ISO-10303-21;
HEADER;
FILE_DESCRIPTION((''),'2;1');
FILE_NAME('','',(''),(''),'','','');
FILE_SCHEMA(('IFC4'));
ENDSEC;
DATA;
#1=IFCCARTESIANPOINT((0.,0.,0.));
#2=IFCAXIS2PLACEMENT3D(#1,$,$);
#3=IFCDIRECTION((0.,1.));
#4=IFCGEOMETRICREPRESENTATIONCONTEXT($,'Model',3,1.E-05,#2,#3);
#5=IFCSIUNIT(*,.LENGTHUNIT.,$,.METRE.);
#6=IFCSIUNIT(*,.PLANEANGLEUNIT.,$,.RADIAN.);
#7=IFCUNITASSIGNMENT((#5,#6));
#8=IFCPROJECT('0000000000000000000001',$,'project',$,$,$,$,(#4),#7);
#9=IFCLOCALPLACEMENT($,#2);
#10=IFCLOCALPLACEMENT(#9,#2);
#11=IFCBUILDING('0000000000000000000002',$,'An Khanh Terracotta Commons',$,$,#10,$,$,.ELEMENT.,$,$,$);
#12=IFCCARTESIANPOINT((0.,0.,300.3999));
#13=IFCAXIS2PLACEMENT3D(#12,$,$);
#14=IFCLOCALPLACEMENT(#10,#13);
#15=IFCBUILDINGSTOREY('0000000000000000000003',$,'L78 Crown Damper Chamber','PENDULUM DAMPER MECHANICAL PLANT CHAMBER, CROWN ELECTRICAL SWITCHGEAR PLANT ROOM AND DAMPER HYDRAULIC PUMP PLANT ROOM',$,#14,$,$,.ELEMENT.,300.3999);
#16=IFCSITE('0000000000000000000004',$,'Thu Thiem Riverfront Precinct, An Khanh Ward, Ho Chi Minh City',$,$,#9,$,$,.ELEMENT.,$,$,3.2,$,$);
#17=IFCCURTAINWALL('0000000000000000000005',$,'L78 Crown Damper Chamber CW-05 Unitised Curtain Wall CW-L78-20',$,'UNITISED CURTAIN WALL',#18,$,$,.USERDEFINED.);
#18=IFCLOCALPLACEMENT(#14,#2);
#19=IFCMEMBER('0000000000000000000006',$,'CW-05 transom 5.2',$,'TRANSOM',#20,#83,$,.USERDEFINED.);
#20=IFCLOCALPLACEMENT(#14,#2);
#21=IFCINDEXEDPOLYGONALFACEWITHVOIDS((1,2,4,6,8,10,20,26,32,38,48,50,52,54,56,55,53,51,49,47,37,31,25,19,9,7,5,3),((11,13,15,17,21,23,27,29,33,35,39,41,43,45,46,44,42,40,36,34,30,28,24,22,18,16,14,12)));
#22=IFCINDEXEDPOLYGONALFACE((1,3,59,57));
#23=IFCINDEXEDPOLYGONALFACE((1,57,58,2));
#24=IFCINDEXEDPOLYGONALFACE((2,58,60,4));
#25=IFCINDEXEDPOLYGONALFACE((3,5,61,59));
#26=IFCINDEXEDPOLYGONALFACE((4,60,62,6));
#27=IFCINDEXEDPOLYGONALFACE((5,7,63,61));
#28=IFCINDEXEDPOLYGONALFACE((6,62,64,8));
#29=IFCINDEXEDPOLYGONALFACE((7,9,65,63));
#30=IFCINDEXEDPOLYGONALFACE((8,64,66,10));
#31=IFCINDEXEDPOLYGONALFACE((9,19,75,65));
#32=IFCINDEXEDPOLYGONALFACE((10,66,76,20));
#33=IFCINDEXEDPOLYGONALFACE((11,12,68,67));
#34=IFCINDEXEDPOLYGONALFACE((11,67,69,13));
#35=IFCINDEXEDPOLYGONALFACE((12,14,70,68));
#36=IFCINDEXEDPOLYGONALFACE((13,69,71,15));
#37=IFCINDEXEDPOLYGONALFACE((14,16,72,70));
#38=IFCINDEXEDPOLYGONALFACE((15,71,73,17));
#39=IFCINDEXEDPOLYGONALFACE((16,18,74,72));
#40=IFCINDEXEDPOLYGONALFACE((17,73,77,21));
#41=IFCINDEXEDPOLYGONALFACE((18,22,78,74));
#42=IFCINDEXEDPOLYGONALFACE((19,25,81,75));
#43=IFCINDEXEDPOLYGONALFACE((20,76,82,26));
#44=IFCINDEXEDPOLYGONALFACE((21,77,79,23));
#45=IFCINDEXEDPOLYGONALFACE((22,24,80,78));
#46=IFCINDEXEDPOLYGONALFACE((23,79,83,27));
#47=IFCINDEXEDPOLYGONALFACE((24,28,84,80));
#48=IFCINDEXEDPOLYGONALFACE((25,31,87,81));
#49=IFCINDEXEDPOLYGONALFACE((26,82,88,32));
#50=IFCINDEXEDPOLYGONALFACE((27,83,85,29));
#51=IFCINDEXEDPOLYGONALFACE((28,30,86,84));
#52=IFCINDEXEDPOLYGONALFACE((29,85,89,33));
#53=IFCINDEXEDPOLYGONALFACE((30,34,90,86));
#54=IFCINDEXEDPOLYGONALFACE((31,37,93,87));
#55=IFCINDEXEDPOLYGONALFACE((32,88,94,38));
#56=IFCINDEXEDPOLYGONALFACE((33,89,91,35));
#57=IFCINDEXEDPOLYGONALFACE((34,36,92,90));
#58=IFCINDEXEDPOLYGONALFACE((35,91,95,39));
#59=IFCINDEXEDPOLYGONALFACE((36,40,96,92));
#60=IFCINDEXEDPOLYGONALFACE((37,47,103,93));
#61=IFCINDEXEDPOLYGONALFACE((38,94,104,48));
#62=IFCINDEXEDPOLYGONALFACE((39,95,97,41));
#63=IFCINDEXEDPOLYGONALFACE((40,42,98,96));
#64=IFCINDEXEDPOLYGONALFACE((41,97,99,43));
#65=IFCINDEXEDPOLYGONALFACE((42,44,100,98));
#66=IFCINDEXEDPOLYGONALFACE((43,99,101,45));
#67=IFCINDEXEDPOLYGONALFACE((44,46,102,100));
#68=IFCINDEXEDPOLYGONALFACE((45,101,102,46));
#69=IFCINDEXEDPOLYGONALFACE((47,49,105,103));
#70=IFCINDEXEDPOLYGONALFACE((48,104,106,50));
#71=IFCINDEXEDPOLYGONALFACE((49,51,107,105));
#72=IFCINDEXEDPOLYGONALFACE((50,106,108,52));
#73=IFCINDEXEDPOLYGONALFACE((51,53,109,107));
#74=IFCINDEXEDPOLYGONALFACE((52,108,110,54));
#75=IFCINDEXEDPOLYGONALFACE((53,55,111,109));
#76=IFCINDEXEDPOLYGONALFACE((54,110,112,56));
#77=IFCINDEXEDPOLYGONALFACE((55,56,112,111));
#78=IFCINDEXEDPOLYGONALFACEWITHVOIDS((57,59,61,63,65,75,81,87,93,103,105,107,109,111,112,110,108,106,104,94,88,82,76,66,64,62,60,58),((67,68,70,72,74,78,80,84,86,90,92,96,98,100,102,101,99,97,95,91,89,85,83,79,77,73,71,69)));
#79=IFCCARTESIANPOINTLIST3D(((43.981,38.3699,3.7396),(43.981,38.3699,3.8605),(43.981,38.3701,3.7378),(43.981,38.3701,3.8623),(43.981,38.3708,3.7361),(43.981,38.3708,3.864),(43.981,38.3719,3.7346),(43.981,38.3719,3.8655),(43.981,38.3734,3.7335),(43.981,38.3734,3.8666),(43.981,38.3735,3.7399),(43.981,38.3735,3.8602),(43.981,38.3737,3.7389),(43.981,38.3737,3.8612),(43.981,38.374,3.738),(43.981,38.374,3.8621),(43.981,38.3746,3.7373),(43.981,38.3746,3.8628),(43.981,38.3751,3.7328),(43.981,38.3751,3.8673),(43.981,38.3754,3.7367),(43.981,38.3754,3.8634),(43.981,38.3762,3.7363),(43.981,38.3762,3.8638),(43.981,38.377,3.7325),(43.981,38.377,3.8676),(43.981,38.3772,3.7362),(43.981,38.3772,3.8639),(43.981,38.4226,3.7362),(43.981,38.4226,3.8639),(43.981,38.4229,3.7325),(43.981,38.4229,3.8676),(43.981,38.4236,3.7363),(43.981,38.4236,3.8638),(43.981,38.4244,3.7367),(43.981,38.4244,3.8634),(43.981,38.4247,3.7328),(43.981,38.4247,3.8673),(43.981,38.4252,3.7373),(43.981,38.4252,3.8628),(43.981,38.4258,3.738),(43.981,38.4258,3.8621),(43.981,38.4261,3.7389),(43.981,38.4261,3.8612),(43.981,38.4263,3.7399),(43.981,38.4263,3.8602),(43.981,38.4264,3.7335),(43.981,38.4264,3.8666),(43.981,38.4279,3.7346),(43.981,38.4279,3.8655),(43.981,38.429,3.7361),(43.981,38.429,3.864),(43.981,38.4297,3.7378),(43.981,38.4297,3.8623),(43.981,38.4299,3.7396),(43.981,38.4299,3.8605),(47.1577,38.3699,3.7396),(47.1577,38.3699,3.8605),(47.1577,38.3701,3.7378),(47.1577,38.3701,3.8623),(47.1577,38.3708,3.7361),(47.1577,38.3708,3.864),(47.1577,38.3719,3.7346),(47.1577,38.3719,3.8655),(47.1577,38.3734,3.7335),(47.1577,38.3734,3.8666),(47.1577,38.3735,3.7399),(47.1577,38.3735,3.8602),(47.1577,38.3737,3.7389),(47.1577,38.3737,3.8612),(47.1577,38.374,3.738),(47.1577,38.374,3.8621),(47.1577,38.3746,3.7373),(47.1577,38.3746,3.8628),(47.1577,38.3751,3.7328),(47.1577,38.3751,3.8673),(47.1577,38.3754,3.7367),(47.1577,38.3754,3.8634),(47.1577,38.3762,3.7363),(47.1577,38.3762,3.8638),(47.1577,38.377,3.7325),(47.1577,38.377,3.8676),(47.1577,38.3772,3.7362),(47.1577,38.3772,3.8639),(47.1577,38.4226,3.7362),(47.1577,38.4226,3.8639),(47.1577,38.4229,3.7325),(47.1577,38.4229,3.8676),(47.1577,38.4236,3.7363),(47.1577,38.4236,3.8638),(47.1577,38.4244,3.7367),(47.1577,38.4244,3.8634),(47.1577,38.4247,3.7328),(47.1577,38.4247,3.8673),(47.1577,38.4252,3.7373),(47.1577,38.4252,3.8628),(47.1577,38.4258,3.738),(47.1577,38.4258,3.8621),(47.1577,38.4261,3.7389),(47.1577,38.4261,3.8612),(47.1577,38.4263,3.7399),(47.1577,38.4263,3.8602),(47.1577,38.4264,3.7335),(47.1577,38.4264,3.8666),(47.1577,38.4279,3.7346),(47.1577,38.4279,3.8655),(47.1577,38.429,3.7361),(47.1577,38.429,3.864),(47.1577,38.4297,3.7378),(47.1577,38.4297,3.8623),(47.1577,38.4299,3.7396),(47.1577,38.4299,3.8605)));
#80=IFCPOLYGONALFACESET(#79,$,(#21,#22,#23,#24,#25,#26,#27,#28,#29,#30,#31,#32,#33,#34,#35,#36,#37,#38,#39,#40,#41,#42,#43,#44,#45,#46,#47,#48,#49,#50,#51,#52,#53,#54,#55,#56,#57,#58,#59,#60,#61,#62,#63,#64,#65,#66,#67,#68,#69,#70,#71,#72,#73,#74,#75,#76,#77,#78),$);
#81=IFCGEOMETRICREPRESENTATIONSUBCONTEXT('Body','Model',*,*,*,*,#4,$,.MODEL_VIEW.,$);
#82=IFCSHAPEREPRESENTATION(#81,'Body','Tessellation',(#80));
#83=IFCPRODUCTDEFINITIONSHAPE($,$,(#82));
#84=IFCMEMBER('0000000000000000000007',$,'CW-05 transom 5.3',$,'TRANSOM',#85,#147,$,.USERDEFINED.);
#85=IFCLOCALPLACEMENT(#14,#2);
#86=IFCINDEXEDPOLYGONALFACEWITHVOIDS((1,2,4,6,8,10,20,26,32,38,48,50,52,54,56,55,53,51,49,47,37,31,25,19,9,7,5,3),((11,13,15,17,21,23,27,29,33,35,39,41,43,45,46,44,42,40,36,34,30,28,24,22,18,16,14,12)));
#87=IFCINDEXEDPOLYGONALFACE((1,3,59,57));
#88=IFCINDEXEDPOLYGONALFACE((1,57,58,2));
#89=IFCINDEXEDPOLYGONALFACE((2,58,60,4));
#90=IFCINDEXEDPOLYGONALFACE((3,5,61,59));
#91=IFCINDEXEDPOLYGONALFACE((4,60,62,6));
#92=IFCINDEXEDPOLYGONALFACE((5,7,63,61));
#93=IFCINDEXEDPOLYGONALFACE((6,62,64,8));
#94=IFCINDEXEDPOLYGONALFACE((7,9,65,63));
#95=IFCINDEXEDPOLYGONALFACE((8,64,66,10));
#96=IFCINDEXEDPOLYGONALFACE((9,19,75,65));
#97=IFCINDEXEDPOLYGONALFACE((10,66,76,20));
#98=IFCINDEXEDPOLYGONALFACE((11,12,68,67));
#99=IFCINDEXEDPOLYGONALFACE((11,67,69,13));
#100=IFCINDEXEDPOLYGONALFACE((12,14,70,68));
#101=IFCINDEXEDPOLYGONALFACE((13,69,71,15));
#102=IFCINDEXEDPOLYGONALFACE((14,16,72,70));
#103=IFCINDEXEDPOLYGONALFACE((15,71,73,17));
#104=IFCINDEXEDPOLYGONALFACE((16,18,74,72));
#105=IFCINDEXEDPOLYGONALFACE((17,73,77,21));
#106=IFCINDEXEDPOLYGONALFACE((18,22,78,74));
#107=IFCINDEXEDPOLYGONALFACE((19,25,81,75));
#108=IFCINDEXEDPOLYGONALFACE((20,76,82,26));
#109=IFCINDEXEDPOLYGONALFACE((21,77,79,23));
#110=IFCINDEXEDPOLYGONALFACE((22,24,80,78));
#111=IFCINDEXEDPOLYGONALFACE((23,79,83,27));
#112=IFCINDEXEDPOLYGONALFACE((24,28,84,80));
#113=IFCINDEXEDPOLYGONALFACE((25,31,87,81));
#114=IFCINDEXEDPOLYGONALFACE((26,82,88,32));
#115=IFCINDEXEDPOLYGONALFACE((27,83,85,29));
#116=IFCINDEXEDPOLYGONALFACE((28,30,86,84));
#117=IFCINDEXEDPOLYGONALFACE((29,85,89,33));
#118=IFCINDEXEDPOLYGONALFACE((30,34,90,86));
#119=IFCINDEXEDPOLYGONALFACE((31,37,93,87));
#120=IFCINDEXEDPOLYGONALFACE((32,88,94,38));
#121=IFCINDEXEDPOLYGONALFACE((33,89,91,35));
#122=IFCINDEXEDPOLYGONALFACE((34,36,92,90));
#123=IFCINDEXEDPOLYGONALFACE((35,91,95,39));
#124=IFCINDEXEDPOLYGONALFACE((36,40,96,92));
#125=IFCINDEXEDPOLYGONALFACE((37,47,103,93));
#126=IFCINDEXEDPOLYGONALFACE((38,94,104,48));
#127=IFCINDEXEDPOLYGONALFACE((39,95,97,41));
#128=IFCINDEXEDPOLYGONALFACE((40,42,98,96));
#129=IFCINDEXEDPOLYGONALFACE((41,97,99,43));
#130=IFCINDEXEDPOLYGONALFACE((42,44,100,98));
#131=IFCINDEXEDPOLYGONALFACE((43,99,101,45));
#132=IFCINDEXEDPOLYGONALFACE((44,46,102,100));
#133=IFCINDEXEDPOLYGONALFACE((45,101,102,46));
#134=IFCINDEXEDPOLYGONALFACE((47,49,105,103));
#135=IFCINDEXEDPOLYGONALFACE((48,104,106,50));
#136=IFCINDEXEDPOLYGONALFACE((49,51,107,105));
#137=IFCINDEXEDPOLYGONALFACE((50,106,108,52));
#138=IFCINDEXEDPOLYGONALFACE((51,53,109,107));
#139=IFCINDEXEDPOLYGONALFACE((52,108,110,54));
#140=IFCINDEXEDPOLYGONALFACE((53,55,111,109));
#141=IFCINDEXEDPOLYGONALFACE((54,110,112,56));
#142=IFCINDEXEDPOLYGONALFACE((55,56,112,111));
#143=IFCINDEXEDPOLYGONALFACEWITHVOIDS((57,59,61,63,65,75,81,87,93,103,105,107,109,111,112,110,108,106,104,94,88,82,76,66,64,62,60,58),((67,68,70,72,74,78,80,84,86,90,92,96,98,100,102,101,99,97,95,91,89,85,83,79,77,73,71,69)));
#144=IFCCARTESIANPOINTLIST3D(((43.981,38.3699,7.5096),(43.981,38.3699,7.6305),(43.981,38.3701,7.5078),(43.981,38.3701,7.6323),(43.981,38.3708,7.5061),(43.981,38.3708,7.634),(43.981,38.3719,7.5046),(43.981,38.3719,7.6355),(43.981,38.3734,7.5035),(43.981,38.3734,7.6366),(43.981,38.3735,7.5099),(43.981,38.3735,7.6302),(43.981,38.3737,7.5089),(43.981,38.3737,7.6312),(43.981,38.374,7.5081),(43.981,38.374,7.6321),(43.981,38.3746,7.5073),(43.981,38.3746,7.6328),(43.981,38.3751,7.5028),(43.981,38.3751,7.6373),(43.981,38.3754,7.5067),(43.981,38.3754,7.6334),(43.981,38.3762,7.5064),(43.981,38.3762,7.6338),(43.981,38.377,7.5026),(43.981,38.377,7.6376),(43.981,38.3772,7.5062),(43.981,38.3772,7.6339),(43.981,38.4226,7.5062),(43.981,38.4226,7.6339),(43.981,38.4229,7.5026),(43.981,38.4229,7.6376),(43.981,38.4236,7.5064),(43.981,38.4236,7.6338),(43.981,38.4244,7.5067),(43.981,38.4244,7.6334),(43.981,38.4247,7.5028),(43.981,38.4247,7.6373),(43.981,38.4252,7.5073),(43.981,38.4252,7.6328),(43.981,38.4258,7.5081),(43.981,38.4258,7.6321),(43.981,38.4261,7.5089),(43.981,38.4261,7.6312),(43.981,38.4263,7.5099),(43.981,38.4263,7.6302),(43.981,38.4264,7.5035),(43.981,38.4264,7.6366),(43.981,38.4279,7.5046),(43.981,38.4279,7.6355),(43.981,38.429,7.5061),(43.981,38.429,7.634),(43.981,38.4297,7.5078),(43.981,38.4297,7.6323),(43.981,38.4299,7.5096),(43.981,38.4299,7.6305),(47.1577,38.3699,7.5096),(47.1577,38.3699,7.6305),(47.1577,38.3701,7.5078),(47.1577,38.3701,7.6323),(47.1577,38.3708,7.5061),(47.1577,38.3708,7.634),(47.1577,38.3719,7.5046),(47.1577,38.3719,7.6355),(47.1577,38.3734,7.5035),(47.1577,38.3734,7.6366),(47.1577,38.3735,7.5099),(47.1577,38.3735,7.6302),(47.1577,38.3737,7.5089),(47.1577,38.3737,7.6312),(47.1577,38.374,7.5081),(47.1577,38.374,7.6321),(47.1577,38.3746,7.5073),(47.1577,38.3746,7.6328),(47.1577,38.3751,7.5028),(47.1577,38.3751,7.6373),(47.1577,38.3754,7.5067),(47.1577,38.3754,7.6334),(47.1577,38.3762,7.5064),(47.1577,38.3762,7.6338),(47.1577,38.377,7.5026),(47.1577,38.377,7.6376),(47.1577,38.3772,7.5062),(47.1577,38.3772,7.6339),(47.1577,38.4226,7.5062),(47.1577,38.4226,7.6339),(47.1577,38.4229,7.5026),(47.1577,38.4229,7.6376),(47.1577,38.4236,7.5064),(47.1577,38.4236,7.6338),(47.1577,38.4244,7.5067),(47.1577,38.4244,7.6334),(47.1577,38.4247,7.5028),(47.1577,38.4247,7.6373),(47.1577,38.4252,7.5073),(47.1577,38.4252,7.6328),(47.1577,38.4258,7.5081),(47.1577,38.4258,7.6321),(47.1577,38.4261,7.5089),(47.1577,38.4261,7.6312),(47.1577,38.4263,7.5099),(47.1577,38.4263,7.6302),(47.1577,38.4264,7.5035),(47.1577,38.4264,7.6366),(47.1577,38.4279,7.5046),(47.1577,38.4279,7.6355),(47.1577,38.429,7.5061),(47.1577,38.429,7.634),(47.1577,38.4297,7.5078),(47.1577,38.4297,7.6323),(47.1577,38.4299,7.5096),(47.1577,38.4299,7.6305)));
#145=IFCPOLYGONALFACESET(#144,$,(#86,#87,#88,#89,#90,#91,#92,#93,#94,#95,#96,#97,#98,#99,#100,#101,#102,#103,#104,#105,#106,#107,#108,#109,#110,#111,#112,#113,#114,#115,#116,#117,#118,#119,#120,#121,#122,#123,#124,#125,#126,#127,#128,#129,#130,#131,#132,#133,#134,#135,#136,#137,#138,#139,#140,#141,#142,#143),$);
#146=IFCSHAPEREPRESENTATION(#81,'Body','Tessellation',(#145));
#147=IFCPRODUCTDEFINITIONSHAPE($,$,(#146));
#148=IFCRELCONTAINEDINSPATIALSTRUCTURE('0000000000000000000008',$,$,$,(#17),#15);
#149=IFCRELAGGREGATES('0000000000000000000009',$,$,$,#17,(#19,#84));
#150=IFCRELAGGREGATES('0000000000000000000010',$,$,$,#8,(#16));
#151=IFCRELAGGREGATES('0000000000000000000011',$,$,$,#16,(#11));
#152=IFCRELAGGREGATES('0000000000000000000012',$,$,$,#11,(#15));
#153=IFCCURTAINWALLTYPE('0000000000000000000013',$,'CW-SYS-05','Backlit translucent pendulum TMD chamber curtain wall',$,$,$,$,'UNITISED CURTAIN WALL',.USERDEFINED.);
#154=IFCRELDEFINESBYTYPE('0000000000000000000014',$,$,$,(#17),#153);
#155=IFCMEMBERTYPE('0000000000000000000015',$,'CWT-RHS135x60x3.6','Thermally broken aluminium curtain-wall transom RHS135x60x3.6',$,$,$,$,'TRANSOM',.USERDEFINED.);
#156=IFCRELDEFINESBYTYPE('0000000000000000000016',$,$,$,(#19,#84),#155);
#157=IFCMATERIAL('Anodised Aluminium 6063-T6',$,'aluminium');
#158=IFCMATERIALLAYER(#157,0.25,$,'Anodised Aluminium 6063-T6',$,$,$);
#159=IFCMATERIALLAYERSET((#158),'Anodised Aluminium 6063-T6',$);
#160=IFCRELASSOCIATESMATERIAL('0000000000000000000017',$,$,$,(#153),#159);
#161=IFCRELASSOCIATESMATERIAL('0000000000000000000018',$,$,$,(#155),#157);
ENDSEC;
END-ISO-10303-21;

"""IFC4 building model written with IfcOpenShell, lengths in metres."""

from ifc_helpers import new_model, si_unit, direction, frame, origin, origin_2d, place, context, subcontext, project, spatial, hollow_rectangle, extrude, material, layer, layer_set, material_profile, profile_set, type_object, element, aggregate, save


model = new_model("IFC4")

# Units and contexts
model_context = context("Model", 3, precision=1e-05, world=origin(), true_north=direction((0.0, 1.0)))
body_context = subcontext(model_context, "Body", "Model", "MODEL_VIEW")
ifc_project = project(units=[si_unit("LENGTHUNIT", "METRE"), si_unit("PLANEANGLEUNIT", "RADIAN")], contexts=[model_context])

# Site, building, storey
site_placement = place(None, origin())
site = spatial("IfcSite", under=ifc_project, at=site_placement, Name="Thu Thiem Riverfront Precinct, An Khanh Ward, Ho Chi Minh City", CompositionType="ELEMENT", RefElevation=3.2)
building_placement = place(site_placement, origin())
building = spatial("IfcBuilding", under=site, at=building_placement, Name="An Khanh Terracotta Commons", CompositionType="ELEMENT")
storey_placement = place(building_placement, frame((0.0, 0.0, 300.3999)))
storey = spatial("IfcBuildingStorey", under=building, at=storey_placement, Name="L78 Crown Damper Chamber", Description="PENDULUM DAMPER MECHANICAL PLANT CHAMBER, CROWN ELECTRICAL SWITCHGEAR PLANT ROOM AND DAMPER HYDRAULIC PUMP PLANT ROOM", CompositionType="ELEMENT", Elevation=300.3999)

# Curtain wall, members
ifc_material_1 = material(Name="Anodised Aluminium 6063-T6", Category="aluminium")
ifc_layer_1 = layer(ifc_material_1, 0.25, Name="Anodised Aluminium 6063-T6")
ifc_layer_set_1 = layer_set([ifc_layer_1], Name="Anodised Aluminium 6063-T6")
curtain_wall_type = type_object("IfcCurtainWallType", Name="CW-SYS-05", Description="Backlit translucent pendulum TMD chamber curtain wall", ElementType="UNITISED CURTAIN WALL", PredefinedType="USERDEFINED", material=ifc_layer_set_1)
curtain_wall_placement = place(storey_placement, origin())
curtain_wall = element("IfcCurtainWall", 1, at=curtain_wall_placement, inside=storey, type_object=curtain_wall_type, Name="L78 Crown Damper Chamber CW-05 Unitised Curtain Wall CW-L78-20", ObjectType="UNITISED CURTAIN WALL", PredefinedType="USERDEFINED")
ifc_material_profile_1 = material_profile(ifc_material_1, hollow_rectangle(XDim=0.0601, YDim=0.135, WallThickness=0.0037, InnerFilletRadius=0.0037, OuterFilletRadius=0.0071, at=origin_2d()), Name="RHS135x60x3.6")
ifc_profile_set_1 = profile_set([ifc_material_profile_1], Name="Anodised Aluminium 6063-T6")
member_type_1 = type_object("IfcMemberType", Name="CWT-RHS135x60x3.6", Description="Thermally broken aluminium curtain-wall transom RHS135x60x3.6", ElementType="TRANSOM", PredefinedType="USERDEFINED", material=ifc_profile_set_1)
member_1_placement = place(storey_placement, frame((47.1577, 38.3999, 3.8), z_axis=(-1.0, 0.0, 0.0), x_axis=(0.0, -1.0, 0.0)))
member_1 = element("IfcMember", 2, at=member_1_placement, type_object=member_type_1, Name="CW-05 transom 5.2", ObjectType="TRANSOM", PredefinedType="USERDEFINED", context=body_context, shape_type="SweptSolid", body=[
    extrude(hollow_rectangle(XDim=0.0601, YDim=0.135, WallThickness=0.0037, InnerFilletRadius=0.0037, OuterFilletRadius=0.0071, at=origin_2d()), origin(), (0.0, 0.0, 1.0), 3.1768),
])
member_2_placement = place(storey_placement, frame((47.1577, 38.3999, 7.5701), z_axis=(-1.0, 0.0, 0.0), x_axis=(0.0, -1.0, 0.0)))
member_2 = element("IfcMember", 3, at=member_2_placement, type_object=member_type_1, Name="CW-05 transom 5.3", ObjectType="TRANSOM", PredefinedType="USERDEFINED", context=body_context, shape_type="SweptSolid", body=[
    extrude(hollow_rectangle(XDim=0.0601, YDim=0.135, WallThickness=0.0037, InnerFilletRadius=0.0037, OuterFilletRadius=0.0071, at=origin_2d()), origin(), (0.0, 0.0, 1.0), 3.1768),
])

aggregate(curtain_wall, [member_1, member_2])

save(model, "model.ifc")
